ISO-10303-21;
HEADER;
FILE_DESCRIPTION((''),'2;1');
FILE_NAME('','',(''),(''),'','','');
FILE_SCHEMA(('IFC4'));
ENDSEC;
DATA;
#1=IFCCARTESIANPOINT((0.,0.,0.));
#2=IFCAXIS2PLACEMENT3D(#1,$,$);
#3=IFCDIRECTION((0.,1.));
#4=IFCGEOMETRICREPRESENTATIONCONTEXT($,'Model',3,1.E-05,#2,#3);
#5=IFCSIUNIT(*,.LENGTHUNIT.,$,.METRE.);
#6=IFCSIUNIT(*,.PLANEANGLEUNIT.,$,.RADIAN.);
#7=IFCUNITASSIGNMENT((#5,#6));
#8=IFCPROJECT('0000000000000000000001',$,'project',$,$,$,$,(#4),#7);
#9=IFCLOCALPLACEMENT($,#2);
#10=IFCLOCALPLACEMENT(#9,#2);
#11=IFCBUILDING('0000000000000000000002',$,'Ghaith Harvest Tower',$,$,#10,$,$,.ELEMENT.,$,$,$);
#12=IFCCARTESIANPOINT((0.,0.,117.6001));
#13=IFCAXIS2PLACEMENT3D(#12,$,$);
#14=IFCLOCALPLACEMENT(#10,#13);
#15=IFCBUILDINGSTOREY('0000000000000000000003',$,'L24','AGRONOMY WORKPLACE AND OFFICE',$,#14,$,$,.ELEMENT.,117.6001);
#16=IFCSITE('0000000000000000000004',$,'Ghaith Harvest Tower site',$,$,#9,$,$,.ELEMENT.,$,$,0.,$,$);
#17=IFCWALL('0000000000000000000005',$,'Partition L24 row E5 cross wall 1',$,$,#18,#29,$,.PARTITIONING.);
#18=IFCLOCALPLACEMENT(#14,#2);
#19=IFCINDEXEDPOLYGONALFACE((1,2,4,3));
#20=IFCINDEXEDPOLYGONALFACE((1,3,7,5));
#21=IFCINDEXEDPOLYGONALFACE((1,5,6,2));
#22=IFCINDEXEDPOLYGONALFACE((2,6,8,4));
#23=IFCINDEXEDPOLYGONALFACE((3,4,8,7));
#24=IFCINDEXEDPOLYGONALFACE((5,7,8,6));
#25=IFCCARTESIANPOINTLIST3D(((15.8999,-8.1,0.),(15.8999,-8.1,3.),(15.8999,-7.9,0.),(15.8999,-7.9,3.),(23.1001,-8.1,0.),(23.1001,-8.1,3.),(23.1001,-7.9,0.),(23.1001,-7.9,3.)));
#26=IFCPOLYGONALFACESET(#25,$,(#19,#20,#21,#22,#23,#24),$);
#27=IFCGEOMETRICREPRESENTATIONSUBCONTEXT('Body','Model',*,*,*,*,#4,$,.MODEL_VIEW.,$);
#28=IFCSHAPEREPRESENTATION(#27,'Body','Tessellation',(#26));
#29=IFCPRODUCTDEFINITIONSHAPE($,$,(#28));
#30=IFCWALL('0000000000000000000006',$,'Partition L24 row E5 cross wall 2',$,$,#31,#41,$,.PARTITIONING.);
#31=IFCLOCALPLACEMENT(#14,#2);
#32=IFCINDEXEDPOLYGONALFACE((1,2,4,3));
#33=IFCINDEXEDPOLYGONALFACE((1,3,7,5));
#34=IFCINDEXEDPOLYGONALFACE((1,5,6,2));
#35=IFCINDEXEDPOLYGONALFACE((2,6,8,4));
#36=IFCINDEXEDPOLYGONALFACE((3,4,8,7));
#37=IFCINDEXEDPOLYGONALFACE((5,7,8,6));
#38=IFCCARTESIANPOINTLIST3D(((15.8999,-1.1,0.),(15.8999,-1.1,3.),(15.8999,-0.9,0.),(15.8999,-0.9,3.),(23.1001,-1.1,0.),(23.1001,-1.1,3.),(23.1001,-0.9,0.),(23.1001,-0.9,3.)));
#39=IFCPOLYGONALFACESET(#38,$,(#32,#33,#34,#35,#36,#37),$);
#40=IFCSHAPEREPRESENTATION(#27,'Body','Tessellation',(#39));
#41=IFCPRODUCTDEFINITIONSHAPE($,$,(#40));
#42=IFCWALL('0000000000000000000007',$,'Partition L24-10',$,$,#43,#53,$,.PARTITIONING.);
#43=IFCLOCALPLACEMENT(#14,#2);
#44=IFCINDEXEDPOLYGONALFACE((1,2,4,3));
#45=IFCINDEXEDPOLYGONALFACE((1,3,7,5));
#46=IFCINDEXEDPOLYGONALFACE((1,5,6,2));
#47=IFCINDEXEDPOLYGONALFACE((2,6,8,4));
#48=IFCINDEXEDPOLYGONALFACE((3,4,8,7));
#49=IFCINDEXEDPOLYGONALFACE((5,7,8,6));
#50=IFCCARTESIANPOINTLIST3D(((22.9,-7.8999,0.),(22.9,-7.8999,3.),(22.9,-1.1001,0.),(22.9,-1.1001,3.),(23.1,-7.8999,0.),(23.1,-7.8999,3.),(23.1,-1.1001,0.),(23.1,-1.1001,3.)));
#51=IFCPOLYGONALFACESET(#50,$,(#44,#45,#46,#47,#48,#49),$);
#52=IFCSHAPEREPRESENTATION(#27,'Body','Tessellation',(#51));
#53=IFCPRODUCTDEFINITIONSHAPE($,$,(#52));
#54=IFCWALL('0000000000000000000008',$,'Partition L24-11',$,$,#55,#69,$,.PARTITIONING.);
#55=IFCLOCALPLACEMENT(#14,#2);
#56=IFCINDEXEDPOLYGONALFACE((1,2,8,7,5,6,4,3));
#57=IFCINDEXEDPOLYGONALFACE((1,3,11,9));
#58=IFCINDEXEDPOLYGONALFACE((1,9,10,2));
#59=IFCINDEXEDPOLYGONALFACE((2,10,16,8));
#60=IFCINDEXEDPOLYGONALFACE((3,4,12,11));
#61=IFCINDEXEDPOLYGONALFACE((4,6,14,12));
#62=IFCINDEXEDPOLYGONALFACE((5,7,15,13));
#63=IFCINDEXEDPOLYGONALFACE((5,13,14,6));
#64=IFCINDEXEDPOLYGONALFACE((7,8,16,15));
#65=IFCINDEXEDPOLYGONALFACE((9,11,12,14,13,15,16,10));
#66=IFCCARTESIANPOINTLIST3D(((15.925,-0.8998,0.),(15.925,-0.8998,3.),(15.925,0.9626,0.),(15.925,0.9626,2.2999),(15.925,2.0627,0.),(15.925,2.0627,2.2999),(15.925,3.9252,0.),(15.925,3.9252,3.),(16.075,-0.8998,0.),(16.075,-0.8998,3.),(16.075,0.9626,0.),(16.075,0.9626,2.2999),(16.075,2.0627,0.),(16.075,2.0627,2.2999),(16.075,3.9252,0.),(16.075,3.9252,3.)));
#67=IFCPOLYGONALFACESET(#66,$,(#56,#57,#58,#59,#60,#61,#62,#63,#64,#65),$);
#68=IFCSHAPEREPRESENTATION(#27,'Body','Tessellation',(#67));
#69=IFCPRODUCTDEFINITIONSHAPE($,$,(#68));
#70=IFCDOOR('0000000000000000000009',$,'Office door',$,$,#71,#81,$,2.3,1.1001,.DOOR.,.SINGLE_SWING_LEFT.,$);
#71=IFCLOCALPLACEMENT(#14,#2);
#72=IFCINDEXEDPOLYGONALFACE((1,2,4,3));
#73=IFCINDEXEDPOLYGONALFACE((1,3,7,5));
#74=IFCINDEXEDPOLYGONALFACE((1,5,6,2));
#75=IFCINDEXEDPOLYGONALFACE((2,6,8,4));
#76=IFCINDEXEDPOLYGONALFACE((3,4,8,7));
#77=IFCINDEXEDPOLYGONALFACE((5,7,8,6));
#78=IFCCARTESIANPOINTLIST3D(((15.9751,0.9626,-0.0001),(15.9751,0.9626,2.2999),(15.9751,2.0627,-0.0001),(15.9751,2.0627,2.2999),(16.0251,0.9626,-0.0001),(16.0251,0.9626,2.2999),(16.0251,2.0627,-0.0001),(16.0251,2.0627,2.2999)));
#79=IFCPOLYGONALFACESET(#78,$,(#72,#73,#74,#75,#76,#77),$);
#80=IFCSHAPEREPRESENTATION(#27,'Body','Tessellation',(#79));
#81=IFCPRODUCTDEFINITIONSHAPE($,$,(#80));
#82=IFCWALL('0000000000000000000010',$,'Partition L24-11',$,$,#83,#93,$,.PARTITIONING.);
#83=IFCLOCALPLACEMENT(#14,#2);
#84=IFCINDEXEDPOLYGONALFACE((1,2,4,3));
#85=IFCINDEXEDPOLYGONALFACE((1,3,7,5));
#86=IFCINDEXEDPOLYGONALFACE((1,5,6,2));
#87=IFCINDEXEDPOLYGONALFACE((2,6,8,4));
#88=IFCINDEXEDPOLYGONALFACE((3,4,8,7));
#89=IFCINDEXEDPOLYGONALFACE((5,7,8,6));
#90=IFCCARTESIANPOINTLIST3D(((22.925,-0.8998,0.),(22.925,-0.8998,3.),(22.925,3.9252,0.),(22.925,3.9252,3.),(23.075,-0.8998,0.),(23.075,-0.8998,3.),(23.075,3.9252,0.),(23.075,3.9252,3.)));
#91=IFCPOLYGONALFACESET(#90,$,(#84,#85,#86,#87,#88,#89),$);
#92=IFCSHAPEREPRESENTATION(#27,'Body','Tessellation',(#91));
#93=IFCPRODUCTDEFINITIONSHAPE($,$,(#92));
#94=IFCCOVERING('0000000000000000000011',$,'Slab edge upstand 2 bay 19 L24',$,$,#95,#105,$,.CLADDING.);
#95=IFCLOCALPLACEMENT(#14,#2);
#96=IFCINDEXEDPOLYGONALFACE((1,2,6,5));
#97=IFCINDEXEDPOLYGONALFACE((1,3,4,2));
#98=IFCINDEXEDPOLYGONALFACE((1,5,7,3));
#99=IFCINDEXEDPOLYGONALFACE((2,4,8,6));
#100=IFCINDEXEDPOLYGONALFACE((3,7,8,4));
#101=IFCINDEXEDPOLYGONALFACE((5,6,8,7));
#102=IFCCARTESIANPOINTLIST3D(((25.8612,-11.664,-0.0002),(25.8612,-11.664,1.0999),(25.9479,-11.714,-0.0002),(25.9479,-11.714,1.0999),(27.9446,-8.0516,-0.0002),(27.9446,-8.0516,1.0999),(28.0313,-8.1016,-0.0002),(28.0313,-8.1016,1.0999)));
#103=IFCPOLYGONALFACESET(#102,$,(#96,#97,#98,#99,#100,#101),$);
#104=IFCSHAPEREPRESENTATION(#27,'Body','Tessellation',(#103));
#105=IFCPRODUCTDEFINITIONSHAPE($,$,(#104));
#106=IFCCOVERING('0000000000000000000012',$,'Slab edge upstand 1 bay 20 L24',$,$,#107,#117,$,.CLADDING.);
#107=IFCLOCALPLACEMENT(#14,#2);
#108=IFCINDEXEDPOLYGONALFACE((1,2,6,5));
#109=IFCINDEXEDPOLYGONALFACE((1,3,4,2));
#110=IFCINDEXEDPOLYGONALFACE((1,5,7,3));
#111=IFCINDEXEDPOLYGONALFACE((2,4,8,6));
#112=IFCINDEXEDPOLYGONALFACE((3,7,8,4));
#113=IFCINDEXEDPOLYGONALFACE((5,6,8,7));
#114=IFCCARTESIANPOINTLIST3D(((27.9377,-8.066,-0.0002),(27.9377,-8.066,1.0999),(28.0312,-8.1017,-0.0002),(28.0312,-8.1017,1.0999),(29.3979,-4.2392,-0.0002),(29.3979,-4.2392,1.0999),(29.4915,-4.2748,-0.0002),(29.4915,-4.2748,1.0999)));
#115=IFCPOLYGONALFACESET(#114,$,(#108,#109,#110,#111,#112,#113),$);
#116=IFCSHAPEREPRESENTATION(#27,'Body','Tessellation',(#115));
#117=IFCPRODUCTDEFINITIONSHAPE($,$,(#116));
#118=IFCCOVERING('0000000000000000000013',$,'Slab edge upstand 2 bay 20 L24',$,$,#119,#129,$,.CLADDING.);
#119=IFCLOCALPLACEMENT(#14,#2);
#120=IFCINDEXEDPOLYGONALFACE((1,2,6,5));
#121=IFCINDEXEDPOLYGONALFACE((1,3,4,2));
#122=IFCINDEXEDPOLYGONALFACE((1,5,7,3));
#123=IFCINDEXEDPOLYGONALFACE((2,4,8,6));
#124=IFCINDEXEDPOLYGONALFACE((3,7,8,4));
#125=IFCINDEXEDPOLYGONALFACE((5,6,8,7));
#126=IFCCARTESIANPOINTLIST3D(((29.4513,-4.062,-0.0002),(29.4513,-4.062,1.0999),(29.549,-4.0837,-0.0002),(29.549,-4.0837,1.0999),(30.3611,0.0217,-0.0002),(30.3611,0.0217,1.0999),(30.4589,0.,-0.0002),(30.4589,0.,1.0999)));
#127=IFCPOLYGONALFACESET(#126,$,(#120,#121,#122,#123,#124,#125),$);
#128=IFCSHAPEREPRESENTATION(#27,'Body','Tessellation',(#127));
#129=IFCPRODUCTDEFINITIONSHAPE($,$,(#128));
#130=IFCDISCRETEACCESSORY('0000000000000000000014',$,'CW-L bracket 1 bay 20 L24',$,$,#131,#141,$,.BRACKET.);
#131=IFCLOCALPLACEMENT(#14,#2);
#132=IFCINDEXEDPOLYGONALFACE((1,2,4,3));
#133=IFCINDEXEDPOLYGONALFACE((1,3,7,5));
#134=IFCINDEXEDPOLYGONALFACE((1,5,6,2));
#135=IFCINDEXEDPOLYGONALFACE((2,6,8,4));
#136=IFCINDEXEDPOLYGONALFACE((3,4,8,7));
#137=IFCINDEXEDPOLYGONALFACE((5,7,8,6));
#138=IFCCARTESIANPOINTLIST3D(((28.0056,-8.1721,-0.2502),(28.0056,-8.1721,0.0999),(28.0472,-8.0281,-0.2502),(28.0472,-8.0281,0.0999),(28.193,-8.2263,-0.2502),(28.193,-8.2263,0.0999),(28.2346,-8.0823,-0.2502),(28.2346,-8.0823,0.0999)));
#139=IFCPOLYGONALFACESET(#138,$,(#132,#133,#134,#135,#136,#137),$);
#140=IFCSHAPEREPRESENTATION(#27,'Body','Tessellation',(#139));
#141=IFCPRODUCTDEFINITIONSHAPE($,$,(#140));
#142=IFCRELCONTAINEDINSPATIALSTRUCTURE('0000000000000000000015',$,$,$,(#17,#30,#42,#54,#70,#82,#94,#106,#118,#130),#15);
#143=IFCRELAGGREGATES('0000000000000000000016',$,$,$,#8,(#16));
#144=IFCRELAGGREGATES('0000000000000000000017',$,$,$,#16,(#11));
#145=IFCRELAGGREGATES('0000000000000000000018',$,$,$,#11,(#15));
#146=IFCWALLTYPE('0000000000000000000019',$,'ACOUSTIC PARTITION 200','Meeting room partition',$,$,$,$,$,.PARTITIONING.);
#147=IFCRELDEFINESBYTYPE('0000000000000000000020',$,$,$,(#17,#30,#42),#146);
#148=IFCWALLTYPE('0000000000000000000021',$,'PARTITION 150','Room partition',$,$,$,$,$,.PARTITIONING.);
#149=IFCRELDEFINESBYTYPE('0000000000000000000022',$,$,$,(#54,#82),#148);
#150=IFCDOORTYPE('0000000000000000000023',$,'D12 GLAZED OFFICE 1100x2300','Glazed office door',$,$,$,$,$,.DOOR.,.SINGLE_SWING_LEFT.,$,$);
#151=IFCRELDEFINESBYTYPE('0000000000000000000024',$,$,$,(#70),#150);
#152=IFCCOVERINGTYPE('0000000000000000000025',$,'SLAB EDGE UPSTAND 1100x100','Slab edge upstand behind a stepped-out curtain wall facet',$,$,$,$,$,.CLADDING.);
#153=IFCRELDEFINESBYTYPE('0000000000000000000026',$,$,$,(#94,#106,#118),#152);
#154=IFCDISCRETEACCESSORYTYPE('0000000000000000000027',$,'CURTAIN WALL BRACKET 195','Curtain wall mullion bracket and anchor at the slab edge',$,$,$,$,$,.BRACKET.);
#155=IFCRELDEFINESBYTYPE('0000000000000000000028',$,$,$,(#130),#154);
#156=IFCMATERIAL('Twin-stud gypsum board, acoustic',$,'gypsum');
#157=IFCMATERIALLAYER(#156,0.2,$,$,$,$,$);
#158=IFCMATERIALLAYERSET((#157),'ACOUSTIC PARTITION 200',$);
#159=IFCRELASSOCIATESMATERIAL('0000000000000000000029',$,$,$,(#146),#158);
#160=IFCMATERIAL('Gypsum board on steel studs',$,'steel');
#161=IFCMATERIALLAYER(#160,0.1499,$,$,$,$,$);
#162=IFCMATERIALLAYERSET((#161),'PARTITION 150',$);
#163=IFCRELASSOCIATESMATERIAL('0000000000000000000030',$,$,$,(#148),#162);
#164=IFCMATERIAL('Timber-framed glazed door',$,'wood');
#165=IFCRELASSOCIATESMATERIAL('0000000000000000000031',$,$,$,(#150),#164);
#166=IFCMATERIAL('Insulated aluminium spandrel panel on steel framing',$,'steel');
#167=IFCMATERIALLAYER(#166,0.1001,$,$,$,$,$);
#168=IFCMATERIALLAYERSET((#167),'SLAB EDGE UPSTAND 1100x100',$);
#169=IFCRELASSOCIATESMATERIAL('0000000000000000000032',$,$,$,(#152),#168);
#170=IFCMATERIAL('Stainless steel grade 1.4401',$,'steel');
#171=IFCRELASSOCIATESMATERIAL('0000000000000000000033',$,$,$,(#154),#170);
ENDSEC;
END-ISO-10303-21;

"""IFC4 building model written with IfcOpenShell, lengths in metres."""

from ifc_helpers import new_model, si_unit, direction, frame, frame_2d, origin, origin_2d, place, context, subcontext, project, spatial, rectangle, extrude, material, layer, layer_set, type_object, element, fill, save


model = new_model("IFC4")

# Units and contexts
model_context = context("Model", 3, precision=1e-05, world=origin(), true_north=direction((0.0, 1.0)))
body_context = subcontext(model_context, "Body", "Model", "MODEL_VIEW")
ifc_project = project(units=[si_unit("LENGTHUNIT", "METRE"), si_unit("PLANEANGLEUNIT", "RADIAN")], contexts=[model_context])

# Site, building, storey
site_placement = place(None, origin())
site = spatial("IfcSite", under=ifc_project, at=site_placement, Name="Ghaith Harvest Tower site", CompositionType="ELEMENT", RefElevation=0.0)
building_placement = place(site_placement, origin())
building = spatial("IfcBuilding", under=site, at=building_placement, Name="Ghaith Harvest Tower", CompositionType="ELEMENT")
storey_placement = place(building_placement, frame((0.0, 0.0, 117.6001)))
storey = spatial("IfcBuildingStorey", under=building, at=storey_placement, Name="L24", Description="AGRONOMY WORKPLACE AND OFFICE", CompositionType="ELEMENT", Elevation=117.6001)

# Walls
ifc_material_1 = material(Name="Twin-stud gypsum board, acoustic", Category="gypsum")
ifc_layer_1 = layer(ifc_material_1, 0.2)
ifc_layer_set_1 = layer_set([ifc_layer_1], Name="ACOUSTIC PARTITION 200")
wall_type_1 = type_object("IfcWallType", Name="ACOUSTIC PARTITION 200", Description="Meeting room partition", PredefinedType="PARTITIONING", material=ifc_layer_set_1)
for number, where, z_axis, x_axis, name in (
    (1, (15.8999, -8.0, 0.0), (0.0, 0.0, 1.0), (1.0, 0.0, 0.0), "Partition L24 row E5 cross wall 1"),
    (2, (15.8999, -1.0, 0.0), (0.0, 0.0, 1.0), (1.0, 0.0, 0.0), "Partition L24 row E5 cross wall 2"),
):
    element("IfcWall", number, at=place(storey_placement, frame(where, z_axis=z_axis, x_axis=x_axis)), inside=storey, type_object=wall_type_1, Name=name, PredefinedType="PARTITIONING", context=body_context, shape_type="SweptSolid", body=[
        extrude(rectangle(XDim=7.2002, YDim=0.2, at=frame_2d((3.6001, 0.0))), origin(), (0.0, 0.0, 1.0), 3.0),
    ])

# Wall
wall_1_placement = place(storey_placement, frame((23.0, -7.8999, 0.0), z_axis=(0.0, 0.0, 1.0), x_axis=(0.0, 1.0, 0.0)))
element("IfcWall", 3, at=wall_1_placement, inside=storey, type_object=wall_type_1, Name="Partition L24-10", PredefinedType="PARTITIONING", context=body_context, shape_type="SweptSolid", body=[
    extrude(rectangle(XDim=6.7998, YDim=0.2, at=frame_2d((3.3999, 0.0))), origin(), (0.0, 0.0, 1.0), 3.0),
])

# Wall, opening, door
ifc_material_2 = material(Name="Gypsum board on steel studs", Category="steel")
ifc_layer_2 = layer(ifc_material_2, 0.1499)
ifc_layer_set_2 = layer_set([ifc_layer_2], Name="PARTITION 150")
wall_type_2 = type_object("IfcWallType", Name="PARTITION 150", Description="Room partition", PredefinedType="PARTITIONING", material=ifc_layer_set_2)
wall_2_placement = place(storey_placement, frame((16.0, -0.8999, 0.0), z_axis=(0.0, 0.0, 1.0), x_axis=(0.0, 1.0, 0.0)))
wall_2 = element("IfcWall", 4, at=wall_2_placement, inside=storey, type_object=wall_type_2, Name="Partition L24-11", PredefinedType="PARTITIONING", context=body_context, shape_type="SweptSolid", body=[
    extrude(rectangle(XDim=4.825, YDim=0.1499, at=frame_2d((2.4126, 0.0))), origin(), (0.0, 0.0, 1.0), 3.0),
])
opening_1_placement = place(wall_2_placement, frame((1.8625, 0.0, 0.0)))
opening_1 = element("IfcOpeningElement", 5, at=opening_1_placement, cuts=wall_2, PredefinedType="OPENING", context=body_context, shape_type="SweptSolid", body=[
    extrude(rectangle(XDim=1.1001, YDim=2.3, at=frame_2d((0.55, 1.1499))), frame((0.0, 0.085, 0.0), z_axis=(0.0, -1.0, 0.0), x_axis=(1.0, 0.0, 0.0)), (0.0, 0.0, 1.0), 0.1699),
])
ifc_material_3 = material(Name="Timber-framed glazed door", Category="wood")
door_type_1 = type_object("IfcDoorType", Name="D12 GLAZED OFFICE 1100x2300", Description="Glazed office door", OperationType="SINGLE_SWING_LEFT", PredefinedType="DOOR", material=ifc_material_3)
door_1_placement = place(opening_1_placement, origin())
door_1 = element("IfcDoor", 6, at=door_1_placement, inside=storey, type_object=door_type_1, Name="Office door", OperationType="SINGLE_SWING_LEFT", OverallHeight=2.3, OverallWidth=1.1001, PredefinedType="DOOR", context=body_context, shape_type="SweptSolid", body=[
    extrude(rectangle(XDim=1.1001, YDim=2.3, at=frame_2d((0.55, 1.1499))), frame((0.0, 0.0249, 0.0), z_axis=(0.0, -1.0, 0.0), x_axis=(1.0, 0.0, 0.0)), (0.0, 0.0, 1.0), 0.05),
])
fill(opening_1, door_1)

# Wall
wall_3_placement = place(storey_placement, frame((23.0, -0.8999, 0.0), z_axis=(0.0, 0.0, 1.0), x_axis=(0.0, 1.0, 0.0)))
element("IfcWall", 7, at=wall_3_placement, inside=storey, type_object=wall_type_2, Name="Partition L24-11", PredefinedType="PARTITIONING", context=body_context, shape_type="SweptSolid", body=[
    extrude(rectangle(XDim=4.825, YDim=0.1499, at=frame_2d((2.4126, 0.0))), origin(), (0.0, 0.0, 1.0), 3.0),
])

# Coverings
ifc_material_4 = material(Name="Insulated aluminium spandrel panel on steel framing", Category="steel")
ifc_layer_3 = layer(ifc_material_4, 0.1001)
ifc_layer_set_3 = layer_set([ifc_layer_3], Name="SLAB EDGE UPSTAND 1100x100")
covering_type = type_object("IfcCoveringType", Name="SLAB EDGE UPSTAND 1100x100", Description="Slab edge upstand behind a stepped-out curtain wall facet", PredefinedType="CLADDING", material=ifc_layer_set_3)
covering_1_placement = place(storey_placement, frame((26.9463, -9.8828, -0.0002), z_axis=(0.0, 0.0, 1.0), x_axis=(0.499596, 0.866258, 0.0)))
element("IfcCovering", 8, at=covering_1_placement, inside=storey, type_object=covering_type, Name="Slab edge upstand 2 bay 19 L24", PredefinedType="CLADDING", context=body_context, shape_type="SweptSolid", body=[
    extrude(rectangle(XDim=4.1702, YDim=0.1001, at=origin_2d()), origin(), (0.0, 0.0, 1.0), 1.1001),
])
covering_2_placement = place(storey_placement, frame((28.7146, -6.1704, -0.0002), z_axis=(0.0, 0.0, 1.0), x_axis=(0.356504, 0.934294, 0.0)))
element("IfcCovering", 9, at=covering_2_placement, inside=storey, type_object=covering_type, Name="Slab edge upstand 1 bay 20 L24", PredefinedType="CLADDING", context=body_context, shape_type="SweptSolid", body=[
    extrude(rectangle(XDim=4.0959, YDim=0.1001, at=origin_2d()), origin(), (0.0, 0.0, 1.0), 1.1001),
])
covering_3_placement = place(storey_placement, frame((29.9551, -2.031, -0.0002), z_axis=(0.0, 0.0, 1.0), x_axis=(0.217466, 0.976068, 0.0)))
element("IfcCovering", 10, at=covering_3_placement, inside=storey, type_object=covering_type, Name="Slab edge upstand 2 bay 20 L24", PredefinedType="CLADDING", context=body_context, shape_type="SweptSolid", body=[
    extrude(rectangle(XDim=4.1838, YDim=0.1001, at=origin_2d()), origin(), (0.0, 0.0, 1.0), 1.1001),
])

# Discrete accessory
ifc_material_5 = material(Name="Stainless steel grade 1.4401", Category="steel")
discrete_accessory_type = type_object("IfcDiscreteAccessoryType", Name="CURTAIN WALL BRACKET 195", Description="Curtain wall mullion bracket and anchor at the slab edge", PredefinedType="BRACKET", material=ifc_material_5)
discrete_accessory_placement = place(storey_placement, frame((28.1201, -8.1272, -0.2502), z_axis=(0.0, 0.0, 1.0), x_axis=(0.96068, -0.277657, 0.0)))
element("IfcDiscreteAccessory", 11, at=discrete_accessory_placement, inside=storey, type_object=discrete_accessory_type, Name="CW-L bracket 1 bay 20 L24", PredefinedType="BRACKET", context=body_context, shape_type="SweptSolid", body=[
    extrude(rectangle(XDim=0.1951, YDim=0.1499, at=origin_2d()), origin(), (0.0, 0.0, 1.0), 0.3501),
])

save(model, "model.ifc")
